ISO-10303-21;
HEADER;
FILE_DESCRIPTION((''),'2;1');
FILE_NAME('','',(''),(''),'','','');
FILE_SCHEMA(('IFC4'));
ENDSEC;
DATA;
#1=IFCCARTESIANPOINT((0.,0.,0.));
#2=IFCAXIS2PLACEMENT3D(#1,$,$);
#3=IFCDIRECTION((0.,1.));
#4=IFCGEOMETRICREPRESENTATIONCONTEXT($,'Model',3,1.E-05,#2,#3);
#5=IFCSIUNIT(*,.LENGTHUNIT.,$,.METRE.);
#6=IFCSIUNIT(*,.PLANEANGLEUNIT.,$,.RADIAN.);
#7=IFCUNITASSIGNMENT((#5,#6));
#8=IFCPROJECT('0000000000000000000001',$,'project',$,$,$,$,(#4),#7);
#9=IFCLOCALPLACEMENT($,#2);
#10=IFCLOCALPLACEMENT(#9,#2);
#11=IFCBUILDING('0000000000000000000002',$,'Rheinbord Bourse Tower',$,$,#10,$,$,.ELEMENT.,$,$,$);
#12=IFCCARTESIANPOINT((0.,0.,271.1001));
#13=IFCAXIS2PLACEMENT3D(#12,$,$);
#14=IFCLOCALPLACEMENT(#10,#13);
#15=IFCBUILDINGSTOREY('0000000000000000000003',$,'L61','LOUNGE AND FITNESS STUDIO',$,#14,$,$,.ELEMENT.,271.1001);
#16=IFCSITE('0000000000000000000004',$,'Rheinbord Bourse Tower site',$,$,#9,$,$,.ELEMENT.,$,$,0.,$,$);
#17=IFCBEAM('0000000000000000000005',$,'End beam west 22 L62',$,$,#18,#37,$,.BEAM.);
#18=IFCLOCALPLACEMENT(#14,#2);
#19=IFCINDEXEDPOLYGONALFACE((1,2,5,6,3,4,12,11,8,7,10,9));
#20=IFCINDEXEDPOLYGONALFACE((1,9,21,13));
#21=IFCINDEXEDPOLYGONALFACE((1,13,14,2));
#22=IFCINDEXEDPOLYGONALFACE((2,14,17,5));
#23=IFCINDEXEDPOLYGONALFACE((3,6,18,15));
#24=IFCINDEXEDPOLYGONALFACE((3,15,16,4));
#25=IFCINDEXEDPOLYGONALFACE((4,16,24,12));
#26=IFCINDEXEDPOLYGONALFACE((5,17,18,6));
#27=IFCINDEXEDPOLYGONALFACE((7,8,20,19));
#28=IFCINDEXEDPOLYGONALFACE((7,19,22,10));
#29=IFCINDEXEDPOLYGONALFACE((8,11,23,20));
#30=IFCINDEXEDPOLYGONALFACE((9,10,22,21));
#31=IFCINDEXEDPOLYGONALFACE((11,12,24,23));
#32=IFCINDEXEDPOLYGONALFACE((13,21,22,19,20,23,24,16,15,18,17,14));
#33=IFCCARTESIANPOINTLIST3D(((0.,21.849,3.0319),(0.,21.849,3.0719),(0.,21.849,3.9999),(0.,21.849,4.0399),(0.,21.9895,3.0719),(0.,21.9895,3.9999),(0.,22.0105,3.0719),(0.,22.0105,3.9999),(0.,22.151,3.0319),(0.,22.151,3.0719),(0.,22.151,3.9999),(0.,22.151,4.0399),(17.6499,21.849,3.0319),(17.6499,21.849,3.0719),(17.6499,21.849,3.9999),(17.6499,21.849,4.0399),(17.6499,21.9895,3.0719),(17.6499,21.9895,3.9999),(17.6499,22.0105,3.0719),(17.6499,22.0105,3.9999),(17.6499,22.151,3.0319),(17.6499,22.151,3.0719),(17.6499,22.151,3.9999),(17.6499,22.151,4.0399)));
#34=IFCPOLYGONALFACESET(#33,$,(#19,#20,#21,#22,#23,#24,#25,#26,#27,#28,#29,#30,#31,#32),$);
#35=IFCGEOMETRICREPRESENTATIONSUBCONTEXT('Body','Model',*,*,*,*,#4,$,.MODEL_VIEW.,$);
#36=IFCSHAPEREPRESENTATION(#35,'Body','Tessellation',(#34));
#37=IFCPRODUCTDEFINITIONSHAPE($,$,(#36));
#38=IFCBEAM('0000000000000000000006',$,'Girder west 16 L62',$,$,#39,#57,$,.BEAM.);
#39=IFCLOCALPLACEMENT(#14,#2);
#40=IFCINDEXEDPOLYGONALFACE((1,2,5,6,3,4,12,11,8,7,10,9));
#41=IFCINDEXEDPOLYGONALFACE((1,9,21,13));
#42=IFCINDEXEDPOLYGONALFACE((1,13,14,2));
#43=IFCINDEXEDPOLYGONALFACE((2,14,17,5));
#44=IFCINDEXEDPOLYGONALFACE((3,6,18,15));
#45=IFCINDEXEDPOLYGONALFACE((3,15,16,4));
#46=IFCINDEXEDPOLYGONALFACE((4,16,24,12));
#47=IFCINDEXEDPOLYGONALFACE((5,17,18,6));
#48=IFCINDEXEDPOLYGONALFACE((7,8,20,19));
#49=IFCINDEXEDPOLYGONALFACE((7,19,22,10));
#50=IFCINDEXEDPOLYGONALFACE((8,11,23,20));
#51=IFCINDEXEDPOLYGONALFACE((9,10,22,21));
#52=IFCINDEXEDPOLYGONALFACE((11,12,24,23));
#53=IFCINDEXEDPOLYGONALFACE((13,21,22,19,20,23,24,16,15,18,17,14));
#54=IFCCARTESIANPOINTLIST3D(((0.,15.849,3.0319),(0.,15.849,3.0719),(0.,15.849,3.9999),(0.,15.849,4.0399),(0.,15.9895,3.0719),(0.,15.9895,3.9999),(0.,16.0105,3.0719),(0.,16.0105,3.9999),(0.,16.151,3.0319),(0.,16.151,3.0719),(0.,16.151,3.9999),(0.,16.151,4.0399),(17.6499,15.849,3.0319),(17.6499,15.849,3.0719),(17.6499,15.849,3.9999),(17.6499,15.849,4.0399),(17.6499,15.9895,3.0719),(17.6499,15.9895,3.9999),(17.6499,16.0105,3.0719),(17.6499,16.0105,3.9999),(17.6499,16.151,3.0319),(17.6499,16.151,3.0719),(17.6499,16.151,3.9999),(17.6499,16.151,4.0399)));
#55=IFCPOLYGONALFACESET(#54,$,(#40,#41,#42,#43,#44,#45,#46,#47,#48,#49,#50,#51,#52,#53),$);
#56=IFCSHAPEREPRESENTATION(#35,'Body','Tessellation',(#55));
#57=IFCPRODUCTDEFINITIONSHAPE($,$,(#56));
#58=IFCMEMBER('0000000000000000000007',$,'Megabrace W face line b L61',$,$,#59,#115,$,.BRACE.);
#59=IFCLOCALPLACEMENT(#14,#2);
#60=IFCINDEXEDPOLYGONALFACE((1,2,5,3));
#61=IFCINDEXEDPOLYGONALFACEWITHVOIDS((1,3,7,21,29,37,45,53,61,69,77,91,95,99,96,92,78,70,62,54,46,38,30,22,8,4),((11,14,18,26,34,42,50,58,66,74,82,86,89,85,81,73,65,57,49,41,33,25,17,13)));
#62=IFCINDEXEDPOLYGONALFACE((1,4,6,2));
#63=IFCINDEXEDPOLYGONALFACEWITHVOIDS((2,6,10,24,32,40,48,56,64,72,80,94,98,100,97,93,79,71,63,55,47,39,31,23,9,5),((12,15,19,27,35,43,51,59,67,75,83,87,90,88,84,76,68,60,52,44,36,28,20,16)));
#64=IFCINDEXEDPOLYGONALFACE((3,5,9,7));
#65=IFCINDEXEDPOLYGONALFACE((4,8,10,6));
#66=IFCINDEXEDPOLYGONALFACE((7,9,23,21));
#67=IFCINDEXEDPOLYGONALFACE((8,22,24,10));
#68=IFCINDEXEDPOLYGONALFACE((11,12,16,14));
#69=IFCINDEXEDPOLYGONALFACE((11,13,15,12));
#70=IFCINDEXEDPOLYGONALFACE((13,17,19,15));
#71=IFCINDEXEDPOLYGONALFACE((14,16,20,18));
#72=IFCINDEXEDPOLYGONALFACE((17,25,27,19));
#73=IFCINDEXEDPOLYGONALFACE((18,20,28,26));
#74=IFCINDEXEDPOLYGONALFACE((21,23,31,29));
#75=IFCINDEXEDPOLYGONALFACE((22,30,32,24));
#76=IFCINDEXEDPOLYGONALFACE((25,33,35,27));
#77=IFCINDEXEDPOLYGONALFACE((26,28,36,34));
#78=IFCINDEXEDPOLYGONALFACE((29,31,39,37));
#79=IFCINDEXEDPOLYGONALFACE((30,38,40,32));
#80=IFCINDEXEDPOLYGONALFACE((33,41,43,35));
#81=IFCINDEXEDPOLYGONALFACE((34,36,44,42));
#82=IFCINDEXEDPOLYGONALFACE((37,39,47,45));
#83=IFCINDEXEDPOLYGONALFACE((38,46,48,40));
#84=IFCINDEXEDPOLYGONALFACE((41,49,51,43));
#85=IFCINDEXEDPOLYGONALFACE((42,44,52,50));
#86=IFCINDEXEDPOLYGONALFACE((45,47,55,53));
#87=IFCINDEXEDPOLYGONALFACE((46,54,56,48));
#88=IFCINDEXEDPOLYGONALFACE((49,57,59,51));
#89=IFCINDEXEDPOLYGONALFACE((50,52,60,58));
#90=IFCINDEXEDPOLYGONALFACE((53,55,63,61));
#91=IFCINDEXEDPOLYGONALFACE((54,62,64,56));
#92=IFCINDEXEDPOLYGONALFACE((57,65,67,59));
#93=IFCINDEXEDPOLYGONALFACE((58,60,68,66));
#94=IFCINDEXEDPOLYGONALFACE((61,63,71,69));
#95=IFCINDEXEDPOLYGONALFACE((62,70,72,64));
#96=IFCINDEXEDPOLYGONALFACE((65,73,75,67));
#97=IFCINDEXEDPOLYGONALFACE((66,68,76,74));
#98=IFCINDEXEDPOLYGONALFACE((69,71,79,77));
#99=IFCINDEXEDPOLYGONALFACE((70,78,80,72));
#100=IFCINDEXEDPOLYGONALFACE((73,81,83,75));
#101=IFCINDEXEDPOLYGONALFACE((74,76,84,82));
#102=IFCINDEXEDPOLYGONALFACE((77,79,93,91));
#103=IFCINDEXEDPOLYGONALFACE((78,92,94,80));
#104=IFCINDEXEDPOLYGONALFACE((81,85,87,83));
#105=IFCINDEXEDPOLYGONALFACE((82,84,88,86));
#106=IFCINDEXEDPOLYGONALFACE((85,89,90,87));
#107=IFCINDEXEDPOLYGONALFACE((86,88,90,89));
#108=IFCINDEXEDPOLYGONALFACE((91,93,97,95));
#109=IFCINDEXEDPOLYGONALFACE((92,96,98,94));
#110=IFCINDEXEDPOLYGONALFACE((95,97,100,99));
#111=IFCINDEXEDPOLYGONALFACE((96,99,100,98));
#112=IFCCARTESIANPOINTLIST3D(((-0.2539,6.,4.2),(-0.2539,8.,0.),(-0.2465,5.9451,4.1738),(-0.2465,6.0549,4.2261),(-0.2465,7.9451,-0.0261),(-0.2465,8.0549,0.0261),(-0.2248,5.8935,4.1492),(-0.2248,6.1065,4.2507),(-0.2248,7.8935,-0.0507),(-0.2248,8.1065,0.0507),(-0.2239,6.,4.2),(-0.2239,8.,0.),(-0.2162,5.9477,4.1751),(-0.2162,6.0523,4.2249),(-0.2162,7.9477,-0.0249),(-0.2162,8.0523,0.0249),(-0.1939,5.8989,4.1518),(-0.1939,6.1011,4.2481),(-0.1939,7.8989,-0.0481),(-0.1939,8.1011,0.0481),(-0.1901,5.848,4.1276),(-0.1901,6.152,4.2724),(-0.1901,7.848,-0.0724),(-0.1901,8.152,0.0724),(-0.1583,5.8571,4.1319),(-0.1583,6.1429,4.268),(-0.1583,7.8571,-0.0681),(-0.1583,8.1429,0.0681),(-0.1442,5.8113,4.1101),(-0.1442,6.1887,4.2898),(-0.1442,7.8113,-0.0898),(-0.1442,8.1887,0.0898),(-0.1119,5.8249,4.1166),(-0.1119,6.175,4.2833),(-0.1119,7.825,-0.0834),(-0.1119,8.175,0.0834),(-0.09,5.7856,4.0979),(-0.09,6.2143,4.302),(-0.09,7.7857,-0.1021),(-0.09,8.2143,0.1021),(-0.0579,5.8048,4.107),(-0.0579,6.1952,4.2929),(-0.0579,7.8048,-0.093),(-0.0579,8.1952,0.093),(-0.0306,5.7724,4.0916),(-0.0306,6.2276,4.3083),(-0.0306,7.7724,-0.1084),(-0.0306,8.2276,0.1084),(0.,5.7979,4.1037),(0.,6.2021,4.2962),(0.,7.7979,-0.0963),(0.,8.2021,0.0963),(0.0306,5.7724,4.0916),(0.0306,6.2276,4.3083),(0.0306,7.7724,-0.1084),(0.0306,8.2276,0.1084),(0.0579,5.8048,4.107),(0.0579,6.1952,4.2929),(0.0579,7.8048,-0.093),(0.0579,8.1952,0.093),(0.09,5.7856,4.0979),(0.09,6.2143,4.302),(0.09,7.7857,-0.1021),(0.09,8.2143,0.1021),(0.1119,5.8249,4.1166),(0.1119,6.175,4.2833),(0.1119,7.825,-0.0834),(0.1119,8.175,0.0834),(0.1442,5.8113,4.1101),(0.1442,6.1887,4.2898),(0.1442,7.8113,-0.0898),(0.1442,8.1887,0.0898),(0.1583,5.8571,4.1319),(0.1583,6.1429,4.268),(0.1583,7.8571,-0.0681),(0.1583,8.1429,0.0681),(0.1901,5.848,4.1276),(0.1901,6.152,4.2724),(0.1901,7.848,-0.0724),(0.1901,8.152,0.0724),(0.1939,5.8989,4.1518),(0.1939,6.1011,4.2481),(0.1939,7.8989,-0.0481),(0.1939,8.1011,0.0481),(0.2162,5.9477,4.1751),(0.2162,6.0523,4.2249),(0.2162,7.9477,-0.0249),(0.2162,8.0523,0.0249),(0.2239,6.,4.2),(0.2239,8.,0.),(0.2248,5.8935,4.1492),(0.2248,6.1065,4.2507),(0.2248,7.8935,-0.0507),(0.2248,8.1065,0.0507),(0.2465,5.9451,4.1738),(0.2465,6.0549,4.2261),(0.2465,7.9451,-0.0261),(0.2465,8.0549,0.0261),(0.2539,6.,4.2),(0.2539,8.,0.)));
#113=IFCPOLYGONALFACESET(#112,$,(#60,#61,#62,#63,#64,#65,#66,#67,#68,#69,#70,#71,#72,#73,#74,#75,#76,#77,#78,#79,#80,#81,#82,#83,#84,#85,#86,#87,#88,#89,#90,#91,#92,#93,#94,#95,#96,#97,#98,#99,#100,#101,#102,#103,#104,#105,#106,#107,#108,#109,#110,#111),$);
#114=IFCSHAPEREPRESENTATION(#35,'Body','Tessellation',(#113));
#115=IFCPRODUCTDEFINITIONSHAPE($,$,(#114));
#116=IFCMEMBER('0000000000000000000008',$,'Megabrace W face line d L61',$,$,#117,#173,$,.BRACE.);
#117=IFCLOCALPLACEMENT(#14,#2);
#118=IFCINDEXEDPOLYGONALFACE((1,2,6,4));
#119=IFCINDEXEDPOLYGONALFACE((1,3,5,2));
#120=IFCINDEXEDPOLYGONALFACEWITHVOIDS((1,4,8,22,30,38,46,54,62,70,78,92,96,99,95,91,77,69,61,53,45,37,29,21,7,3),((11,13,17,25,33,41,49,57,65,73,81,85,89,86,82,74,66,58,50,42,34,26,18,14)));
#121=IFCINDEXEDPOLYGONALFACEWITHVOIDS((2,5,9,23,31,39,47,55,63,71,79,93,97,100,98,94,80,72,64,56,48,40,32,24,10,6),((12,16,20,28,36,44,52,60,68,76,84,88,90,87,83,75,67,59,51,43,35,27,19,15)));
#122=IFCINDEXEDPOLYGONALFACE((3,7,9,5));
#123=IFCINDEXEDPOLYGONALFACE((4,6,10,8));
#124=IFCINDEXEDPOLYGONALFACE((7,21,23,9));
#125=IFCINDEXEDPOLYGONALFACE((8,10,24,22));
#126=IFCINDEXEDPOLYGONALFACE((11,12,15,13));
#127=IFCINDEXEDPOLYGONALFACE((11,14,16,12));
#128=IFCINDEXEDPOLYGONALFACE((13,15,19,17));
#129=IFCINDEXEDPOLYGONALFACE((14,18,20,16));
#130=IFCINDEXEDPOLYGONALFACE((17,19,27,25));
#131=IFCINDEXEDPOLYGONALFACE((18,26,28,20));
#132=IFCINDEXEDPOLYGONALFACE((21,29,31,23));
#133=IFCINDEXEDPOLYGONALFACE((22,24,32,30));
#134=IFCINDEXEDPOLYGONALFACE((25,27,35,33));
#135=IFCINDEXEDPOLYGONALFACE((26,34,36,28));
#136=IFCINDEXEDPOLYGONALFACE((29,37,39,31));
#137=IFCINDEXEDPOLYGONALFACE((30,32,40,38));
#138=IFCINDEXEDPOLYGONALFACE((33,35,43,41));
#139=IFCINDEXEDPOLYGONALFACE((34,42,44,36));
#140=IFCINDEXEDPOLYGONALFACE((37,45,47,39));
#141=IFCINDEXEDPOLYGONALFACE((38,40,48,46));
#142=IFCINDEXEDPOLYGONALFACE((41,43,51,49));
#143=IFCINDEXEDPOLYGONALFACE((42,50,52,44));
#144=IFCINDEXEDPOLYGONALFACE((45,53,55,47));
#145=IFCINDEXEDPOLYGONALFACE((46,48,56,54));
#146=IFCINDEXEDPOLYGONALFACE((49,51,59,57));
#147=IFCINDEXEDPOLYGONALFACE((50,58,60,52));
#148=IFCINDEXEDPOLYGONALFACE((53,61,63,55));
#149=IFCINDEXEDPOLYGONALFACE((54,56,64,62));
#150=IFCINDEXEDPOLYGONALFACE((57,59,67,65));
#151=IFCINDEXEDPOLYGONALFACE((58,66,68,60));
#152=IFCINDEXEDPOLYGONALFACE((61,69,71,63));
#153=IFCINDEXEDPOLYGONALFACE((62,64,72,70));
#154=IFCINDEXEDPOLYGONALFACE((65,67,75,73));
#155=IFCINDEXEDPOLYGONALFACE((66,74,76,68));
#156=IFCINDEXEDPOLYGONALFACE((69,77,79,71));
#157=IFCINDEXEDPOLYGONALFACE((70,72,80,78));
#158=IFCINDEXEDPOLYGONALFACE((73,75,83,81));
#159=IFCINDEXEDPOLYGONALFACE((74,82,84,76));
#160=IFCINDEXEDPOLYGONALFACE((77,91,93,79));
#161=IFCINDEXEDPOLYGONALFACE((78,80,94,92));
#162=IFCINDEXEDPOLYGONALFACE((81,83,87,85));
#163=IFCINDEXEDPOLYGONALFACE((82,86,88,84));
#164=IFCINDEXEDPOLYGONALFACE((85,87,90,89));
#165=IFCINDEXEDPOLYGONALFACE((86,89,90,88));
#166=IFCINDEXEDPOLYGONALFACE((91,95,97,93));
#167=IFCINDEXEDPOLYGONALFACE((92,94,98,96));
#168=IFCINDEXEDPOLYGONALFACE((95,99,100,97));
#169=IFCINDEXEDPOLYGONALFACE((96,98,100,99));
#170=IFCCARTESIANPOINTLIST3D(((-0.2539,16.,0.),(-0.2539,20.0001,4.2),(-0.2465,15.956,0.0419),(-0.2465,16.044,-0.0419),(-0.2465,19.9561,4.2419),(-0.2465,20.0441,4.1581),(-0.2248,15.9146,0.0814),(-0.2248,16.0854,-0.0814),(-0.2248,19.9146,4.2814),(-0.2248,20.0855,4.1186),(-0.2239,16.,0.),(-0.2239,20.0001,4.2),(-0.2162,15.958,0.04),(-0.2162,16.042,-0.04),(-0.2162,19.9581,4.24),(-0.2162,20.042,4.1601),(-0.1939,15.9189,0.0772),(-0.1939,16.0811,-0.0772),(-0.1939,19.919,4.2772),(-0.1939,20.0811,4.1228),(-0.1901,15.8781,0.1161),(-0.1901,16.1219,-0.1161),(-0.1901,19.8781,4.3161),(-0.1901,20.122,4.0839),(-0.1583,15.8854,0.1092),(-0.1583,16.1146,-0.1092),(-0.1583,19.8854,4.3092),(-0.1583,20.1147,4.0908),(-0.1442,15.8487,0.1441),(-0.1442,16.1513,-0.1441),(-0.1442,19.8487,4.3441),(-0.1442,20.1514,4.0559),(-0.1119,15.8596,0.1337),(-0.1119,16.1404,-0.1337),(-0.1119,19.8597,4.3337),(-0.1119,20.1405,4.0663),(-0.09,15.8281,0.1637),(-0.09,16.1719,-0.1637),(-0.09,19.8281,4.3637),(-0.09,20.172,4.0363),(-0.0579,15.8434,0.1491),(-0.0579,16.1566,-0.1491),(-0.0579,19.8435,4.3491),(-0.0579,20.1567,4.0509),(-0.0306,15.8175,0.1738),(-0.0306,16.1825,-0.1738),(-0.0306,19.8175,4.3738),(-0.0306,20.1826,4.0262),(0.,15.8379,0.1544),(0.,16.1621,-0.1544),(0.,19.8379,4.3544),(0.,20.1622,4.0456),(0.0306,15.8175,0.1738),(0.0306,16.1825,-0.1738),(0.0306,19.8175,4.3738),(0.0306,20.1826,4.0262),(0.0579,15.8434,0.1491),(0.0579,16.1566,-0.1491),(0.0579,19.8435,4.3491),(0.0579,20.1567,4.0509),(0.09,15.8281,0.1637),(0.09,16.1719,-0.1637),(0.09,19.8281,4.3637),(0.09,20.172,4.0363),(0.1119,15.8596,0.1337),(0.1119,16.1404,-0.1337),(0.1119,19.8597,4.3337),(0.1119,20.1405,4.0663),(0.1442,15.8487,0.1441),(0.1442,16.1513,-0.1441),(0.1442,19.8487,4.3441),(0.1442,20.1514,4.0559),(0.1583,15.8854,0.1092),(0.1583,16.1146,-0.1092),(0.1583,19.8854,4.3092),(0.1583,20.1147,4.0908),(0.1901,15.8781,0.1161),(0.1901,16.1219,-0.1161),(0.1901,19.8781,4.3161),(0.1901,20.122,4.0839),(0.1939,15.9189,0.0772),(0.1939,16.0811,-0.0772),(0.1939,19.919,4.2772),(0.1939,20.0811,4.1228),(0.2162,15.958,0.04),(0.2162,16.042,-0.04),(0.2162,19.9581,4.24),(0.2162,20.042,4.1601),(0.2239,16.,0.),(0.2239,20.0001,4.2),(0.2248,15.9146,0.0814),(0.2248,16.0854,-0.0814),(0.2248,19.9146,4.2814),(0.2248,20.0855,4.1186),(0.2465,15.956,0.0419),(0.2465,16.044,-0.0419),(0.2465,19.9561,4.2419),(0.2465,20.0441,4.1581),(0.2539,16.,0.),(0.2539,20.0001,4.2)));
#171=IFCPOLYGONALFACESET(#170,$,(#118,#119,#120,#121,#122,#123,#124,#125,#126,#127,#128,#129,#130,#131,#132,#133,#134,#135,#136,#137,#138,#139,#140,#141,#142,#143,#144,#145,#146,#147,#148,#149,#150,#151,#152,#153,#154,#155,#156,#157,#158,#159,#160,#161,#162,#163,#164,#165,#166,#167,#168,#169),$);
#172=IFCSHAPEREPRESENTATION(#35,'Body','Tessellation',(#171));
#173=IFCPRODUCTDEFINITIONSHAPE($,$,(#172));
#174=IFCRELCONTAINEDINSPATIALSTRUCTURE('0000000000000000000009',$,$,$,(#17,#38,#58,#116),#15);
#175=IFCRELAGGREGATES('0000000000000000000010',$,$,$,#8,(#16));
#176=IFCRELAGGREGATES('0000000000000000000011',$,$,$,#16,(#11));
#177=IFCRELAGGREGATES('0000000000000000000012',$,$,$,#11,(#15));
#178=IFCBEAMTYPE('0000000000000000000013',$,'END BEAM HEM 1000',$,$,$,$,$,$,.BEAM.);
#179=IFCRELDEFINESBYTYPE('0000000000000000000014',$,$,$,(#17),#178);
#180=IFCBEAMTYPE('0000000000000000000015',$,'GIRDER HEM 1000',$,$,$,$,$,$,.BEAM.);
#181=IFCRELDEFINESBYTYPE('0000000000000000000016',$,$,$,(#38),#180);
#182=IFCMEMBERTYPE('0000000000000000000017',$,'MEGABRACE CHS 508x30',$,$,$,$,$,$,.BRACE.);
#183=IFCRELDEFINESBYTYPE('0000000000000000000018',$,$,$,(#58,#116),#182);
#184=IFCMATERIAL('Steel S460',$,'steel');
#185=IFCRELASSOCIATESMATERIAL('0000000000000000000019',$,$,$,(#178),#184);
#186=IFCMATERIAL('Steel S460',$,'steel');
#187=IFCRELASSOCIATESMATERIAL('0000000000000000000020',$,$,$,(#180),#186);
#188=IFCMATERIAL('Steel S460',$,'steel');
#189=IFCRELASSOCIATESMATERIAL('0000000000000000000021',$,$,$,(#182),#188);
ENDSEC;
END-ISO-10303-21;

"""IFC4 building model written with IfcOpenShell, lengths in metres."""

from ifc_helpers import new_model, si_unit, direction, frame, origin, origin_2d, place, context, subcontext, project, spatial, hollow_circle, i_section, extrude, material, material_profile, profile_set, type_object, element, save


model = new_model("IFC4")

# Units and contexts
model_context = context("Model", 3, precision=1e-05, world=origin(), true_north=direction((0.0, 1.0)))
body_context = subcontext(model_context, "Body", "Model", "MODEL_VIEW")
ifc_project = project(units=[si_unit("LENGTHUNIT", "METRE"), si_unit("PLANEANGLEUNIT", "RADIAN")], contexts=[model_context])

# Site, building, storey
site_placement = place(None, origin())
site = spatial("IfcSite", under=ifc_project, at=site_placement, Name="Rheinbord Bourse Tower site", CompositionType="ELEMENT", RefElevation=0.0)
building_placement = place(site_placement, origin())
building = spatial("IfcBuilding", under=site, at=building_placement, Name="Rheinbord Bourse Tower", CompositionType="ELEMENT")
storey_placement = place(building_placement, frame((0.0, 0.0, 271.1001)))
storey = spatial("IfcBuildingStorey", under=building, at=storey_placement, Name="L61", Description="LOUNGE AND FITNESS STUDIO", CompositionType="ELEMENT", Elevation=271.1001)

# Beams
ifc_material_1 = material(Name="Steel S460", Category="steel")
ifc_material_profile_1 = material_profile(ifc_material_1, i_section(OverallWidth=0.302, OverallDepth=1.0081, WebThickness=0.021, FlangeThickness=0.04, at=origin_2d()), Name="HEM 1000")
ifc_profile_set_1 = profile_set([ifc_material_profile_1], Name="Steel S460")
beam_type_1 = type_object("IfcBeamType", Name="END BEAM HEM 1000", PredefinedType="BEAM", material=ifc_profile_set_1)
for number, where, z_axis, x_axis, name in (
    (1, (0.0, 22.0, 3.5359), (1.0, 0.0, 0.0), (0.0, 1.0, 0.0), "End beam west 22 L62"),
):
    element("IfcBeam", number, at=place(storey_placement, frame(where, z_axis=z_axis, x_axis=x_axis)), inside=storey, type_object=beam_type_1, Name=name, PredefinedType="BEAM", context=body_context, shape_type="SweptSolid", body=[
        extrude(i_section(OverallWidth=0.302, OverallDepth=1.0081, WebThickness=0.021, FlangeThickness=0.04, at=origin_2d()), origin(), (0.0, 0.0, 1.0), 17.6499),
    ])
ifc_material_2 = material(Name="Steel S460", Category="steel")
ifc_material_profile_2 = material_profile(ifc_material_2, i_section(OverallWidth=0.302, OverallDepth=1.0081, WebThickness=0.021, FlangeThickness=0.04, at=origin_2d()), Name="HEM 1000")
ifc_profile_set_2 = profile_set([ifc_material_profile_2], Name="Steel S460")
beam_type_2 = type_object("IfcBeamType", Name="GIRDER HEM 1000", PredefinedType="BEAM", material=ifc_profile_set_2)
beam_1_placement = place(storey_placement, frame((0.0, 16.0, 3.5359), z_axis=(1.0, 0.0, 0.0), x_axis=(0.0, 1.0, 0.0)))
element("IfcBeam", 2, at=beam_1_placement, inside=storey, type_object=beam_type_2, Name="Girder west 16 L62", PredefinedType="BEAM", context=body_context, shape_type="SweptSolid", body=[
    extrude(i_section(OverallWidth=0.302, OverallDepth=1.0081, WebThickness=0.021, FlangeThickness=0.04, at=origin_2d()), origin(), (0.0, 0.0, 1.0), 17.6499),
])

# Members
ifc_material_3 = material(Name="Steel S460", Category="steel")
ifc_material_profile_3 = material_profile(ifc_material_3, hollow_circle(Radius=0.2539, WallThickness=0.03, at=origin_2d()), Name="CHS 508x30")
ifc_profile_set_3 = profile_set([ifc_material_profile_3], Name="Steel S460")
member_type_1 = type_object("IfcMemberType", Name="MEGABRACE CHS 508x30", PredefinedType="BRACE", material=ifc_profile_set_3)
member_1_placement = place(storey_placement, frame((0.0, 8.0, 0.0), z_axis=(0.0, -0.429938, 0.902859), x_axis=(1.0, 0.0, 0.0)))
element("IfcMember", 3, at=member_1_placement, inside=storey, type_object=member_type_1, Name="Megabrace W face line b L61", PredefinedType="BRACE", context=body_context, shape_type="SweptSolid", body=[
    extrude(hollow_circle(Radius=0.2539, WallThickness=0.03, at=origin_2d()), origin(), (0.0, 0.0, 1.0), 4.6519),
])
member_2_placement = place(storey_placement, frame((0.0, 16.0, 0.0), z_axis=(0.0, 0.689659, 0.724134), x_axis=(-1.0, 0.0, 0.0)))
element("IfcMember", 4, at=member_2_placement, inside=storey, type_object=member_type_1, Name="Megabrace W face line d L61", PredefinedType="BRACE", context=body_context, shape_type="SweptSolid", body=[
    extrude(hollow_circle(Radius=0.2539, WallThickness=0.03, at=origin_2d()), origin(), (0.0, 0.0, 1.0), 5.8),
])

save(model, "model.ifc")
